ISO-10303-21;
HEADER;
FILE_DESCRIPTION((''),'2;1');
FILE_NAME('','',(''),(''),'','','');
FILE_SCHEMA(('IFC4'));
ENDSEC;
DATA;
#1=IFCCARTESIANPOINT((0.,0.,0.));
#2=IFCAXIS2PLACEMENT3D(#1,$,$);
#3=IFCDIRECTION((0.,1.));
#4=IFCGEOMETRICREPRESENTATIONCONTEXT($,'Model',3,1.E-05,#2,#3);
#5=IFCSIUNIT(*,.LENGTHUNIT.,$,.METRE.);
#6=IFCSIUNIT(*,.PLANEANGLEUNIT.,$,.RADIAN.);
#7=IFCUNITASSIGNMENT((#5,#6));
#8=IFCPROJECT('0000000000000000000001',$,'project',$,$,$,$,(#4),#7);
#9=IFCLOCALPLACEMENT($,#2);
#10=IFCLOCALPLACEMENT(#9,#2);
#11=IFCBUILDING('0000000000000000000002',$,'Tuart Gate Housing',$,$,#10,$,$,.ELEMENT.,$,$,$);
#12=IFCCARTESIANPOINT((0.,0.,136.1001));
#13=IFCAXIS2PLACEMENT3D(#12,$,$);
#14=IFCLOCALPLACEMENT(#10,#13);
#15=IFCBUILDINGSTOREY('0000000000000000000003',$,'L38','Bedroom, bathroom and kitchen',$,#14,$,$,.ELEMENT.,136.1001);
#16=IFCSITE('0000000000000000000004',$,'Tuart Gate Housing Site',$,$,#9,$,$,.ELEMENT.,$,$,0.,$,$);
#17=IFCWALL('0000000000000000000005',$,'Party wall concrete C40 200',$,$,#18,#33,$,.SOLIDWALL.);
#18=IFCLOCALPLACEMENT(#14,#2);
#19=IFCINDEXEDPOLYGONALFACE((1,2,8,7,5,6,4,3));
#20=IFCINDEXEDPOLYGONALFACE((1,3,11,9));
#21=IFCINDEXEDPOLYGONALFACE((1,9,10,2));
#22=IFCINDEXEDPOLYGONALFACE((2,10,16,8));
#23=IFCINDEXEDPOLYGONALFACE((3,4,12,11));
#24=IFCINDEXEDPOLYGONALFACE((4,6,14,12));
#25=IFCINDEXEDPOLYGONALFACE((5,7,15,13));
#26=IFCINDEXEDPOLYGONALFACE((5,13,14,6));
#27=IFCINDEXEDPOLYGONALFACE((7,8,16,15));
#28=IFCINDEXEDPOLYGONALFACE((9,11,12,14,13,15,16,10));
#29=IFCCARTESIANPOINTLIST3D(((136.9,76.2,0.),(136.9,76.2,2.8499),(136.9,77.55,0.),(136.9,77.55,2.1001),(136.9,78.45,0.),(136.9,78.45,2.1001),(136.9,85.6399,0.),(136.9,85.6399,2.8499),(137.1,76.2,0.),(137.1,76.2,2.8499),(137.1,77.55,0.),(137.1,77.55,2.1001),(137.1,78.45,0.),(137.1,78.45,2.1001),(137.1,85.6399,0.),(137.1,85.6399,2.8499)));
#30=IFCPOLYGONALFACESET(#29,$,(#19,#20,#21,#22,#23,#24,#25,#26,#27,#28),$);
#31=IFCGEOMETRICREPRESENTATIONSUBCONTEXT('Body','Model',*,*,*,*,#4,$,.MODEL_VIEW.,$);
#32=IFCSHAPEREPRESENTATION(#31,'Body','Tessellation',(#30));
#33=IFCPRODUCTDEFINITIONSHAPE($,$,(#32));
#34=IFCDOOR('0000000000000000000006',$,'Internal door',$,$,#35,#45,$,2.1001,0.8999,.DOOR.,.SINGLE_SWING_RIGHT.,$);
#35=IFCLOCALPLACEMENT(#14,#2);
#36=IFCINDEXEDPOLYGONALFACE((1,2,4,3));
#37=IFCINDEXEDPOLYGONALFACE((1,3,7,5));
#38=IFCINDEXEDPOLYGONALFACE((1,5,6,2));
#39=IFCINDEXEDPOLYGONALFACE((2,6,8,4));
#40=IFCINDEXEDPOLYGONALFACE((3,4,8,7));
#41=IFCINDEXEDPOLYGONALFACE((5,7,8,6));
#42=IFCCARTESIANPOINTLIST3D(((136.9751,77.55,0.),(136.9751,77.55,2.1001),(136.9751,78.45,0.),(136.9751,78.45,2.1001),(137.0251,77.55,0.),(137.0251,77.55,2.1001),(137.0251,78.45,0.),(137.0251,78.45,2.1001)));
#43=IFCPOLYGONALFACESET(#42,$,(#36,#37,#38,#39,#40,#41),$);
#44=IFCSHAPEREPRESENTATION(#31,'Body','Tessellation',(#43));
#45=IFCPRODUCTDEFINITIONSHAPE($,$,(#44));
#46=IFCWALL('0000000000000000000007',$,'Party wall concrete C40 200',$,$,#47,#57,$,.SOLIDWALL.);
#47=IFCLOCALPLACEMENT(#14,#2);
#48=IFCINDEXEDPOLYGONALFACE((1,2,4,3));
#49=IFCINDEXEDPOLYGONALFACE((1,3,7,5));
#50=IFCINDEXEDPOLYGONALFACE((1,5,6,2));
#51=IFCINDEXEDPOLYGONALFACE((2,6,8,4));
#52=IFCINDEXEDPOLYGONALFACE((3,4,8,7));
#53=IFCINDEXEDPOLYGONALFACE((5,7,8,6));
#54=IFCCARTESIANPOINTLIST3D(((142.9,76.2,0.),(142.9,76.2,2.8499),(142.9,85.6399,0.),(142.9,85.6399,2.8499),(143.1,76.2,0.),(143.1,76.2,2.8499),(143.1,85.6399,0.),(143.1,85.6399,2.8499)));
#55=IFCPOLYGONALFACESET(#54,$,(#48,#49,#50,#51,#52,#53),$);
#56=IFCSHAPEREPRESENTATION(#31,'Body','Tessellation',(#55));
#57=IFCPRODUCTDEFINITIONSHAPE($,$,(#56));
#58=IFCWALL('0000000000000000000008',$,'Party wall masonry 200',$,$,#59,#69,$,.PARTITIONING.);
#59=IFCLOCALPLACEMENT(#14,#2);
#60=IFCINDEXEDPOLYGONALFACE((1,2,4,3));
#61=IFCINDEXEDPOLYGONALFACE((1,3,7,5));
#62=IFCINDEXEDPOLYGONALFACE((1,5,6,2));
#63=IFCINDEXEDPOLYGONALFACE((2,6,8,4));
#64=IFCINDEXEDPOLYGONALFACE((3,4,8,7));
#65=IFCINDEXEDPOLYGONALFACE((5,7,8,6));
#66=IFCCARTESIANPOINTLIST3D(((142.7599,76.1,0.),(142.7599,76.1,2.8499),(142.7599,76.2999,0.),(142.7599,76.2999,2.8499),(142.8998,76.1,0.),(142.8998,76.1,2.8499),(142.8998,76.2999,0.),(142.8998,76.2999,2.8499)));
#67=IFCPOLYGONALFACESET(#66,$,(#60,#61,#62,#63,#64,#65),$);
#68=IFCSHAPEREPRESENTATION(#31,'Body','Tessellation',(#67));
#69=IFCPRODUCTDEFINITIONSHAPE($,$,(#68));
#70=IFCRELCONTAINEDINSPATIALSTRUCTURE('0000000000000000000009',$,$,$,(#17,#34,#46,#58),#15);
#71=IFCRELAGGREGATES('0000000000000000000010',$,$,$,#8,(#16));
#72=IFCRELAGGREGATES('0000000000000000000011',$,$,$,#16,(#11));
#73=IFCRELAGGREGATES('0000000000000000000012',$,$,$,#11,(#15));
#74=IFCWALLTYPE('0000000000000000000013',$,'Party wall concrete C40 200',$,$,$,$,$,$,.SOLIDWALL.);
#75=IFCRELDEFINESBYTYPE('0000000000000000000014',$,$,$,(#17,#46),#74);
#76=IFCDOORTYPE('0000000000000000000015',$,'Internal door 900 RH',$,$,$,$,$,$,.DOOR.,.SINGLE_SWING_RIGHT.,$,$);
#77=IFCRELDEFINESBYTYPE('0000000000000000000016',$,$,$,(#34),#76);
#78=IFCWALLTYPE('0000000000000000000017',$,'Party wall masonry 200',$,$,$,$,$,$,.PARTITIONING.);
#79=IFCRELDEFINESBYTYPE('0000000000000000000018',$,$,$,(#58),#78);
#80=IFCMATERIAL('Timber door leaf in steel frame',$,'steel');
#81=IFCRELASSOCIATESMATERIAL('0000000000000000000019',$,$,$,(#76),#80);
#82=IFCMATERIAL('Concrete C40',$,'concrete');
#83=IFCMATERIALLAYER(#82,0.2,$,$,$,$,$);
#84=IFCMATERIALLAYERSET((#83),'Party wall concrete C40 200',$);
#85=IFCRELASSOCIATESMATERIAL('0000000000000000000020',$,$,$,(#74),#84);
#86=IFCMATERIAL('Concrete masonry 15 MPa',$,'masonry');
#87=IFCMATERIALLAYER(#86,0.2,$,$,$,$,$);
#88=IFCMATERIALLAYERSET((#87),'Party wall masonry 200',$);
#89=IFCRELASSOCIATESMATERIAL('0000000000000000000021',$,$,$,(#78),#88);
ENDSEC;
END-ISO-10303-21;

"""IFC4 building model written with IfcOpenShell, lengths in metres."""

from ifc_helpers import new_model, si_unit, direction, frame, frame_2d, origin, place, context, subcontext, project, spatial, rectangle, extrude, material, layer, layer_set, type_object, element, fill, save


model = new_model("IFC4")

# Units and contexts
model_context = context("Model", 3, precision=1e-05, world=origin(), true_north=direction((0.0, 1.0)))
body_context = subcontext(model_context, "Body", "Model", "MODEL_VIEW")
ifc_project = project(units=[si_unit("LENGTHUNIT", "METRE"), si_unit("PLANEANGLEUNIT", "RADIAN")], contexts=[model_context])

# Site, building, storey
site_placement = place(None, origin())
site = spatial("IfcSite", under=ifc_project, at=site_placement, Name="Tuart Gate Housing Site", CompositionType="ELEMENT", RefElevation=0.0)
building_placement = place(site_placement, origin())
building = spatial("IfcBuilding", under=site, at=building_placement, Name="Tuart Gate Housing", CompositionType="ELEMENT")
storey_placement = place(building_placement, frame((0.0, 0.0, 136.1001)))
storey = spatial("IfcBuildingStorey", under=building, at=storey_placement, Name="L38", Description="Bedroom, bathroom and kitchen", CompositionType="ELEMENT", Elevation=136.1001)

# Shared definitions
ifc_material_1 = material(Name="Timber door leaf in steel frame", Category="steel")
door_type_1 = type_object("IfcDoorType", Name="Internal door 900 RH", OperationType="SINGLE_SWING_RIGHT", PredefinedType="DOOR", material=ifc_material_1)

# Wall, opening, door
ifc_material_2 = material(Name="Concrete C40", Category="concrete")
ifc_layer_1 = layer(ifc_material_2, 0.2)
ifc_layer_set_1 = layer_set([ifc_layer_1], Name="Party wall concrete C40 200")
wall_type_1 = type_object("IfcWallType", Name="Party wall concrete C40 200", PredefinedType="SOLIDWALL", material=ifc_layer_set_1)
wall_1_placement = place(storey_placement, frame((137.0, 76.2, 0.0), z_axis=(0.0, 0.0, 1.0), x_axis=(0.0, 1.0, 0.0)))
wall_1 = element("IfcWall", 1, at=wall_1_placement, inside=storey, type_object=wall_type_1, Name="Party wall concrete C40 200", PredefinedType="SOLIDWALL", context=body_context, shape_type="SweptSolid", body=[
    extrude(rectangle(XDim=9.4399, YDim=0.2, at=frame_2d((4.72, 0.0))), origin(), (0.0, 0.0, 1.0), 2.8499),
])
opening_1_placement = place(wall_1_placement, frame((1.3501, 0.0, 0.0)))
opening_1 = element("IfcOpeningElement", 2, at=opening_1_placement, cuts=wall_1, PredefinedType="OPENING", context=body_context, shape_type="SweptSolid", body=[
    extrude(rectangle(XDim=0.8999, YDim=2.1001, at=frame_2d((0.45, 1.05))), frame((0.0, 0.1099, 0.0), z_axis=(0.0, -1.0, 0.0), x_axis=(1.0, 0.0, 0.0)), (0.0, 0.0, 1.0), 0.22),
])
door_1_placement = place(opening_1_placement, frame((0.8999, 0.0, 0.0), z_axis=(0.0, 0.0, 1.0), x_axis=(-1.0, 0.0, 0.0)))
door_1 = element("IfcDoor", 3, at=door_1_placement, inside=storey, type_object=door_type_1, Name="Internal door", OperationType="SINGLE_SWING_RIGHT", OverallHeight=2.1001, OverallWidth=0.8999, PredefinedType="DOOR", context=body_context, shape_type="SweptSolid", body=[
    extrude(rectangle(XDim=0.8999, YDim=2.1001, at=frame_2d((0.45, 1.05))), frame((0.0, 0.0251, 0.0), z_axis=(0.0, -1.0, 0.0), x_axis=(1.0, 0.0, 0.0)), (0.0, 0.0, 1.0), 0.05),
])
fill(opening_1, door_1)

# Walls
wall_2_placement = place(storey_placement, frame((143.0, 76.2, 0.0), z_axis=(0.0, 0.0, 1.0), x_axis=(0.0, 1.0, 0.0)))
element("IfcWall", 4, at=wall_2_placement, inside=storey, type_object=wall_type_1, Name="Party wall concrete C40 200", PredefinedType="SOLIDWALL", context=body_context, shape_type="SweptSolid", body=[
    extrude(rectangle(XDim=9.4399, YDim=0.2, at=frame_2d((4.72, 0.0))), origin(), (0.0, 0.0, 1.0), 2.8499),
])
ifc_material_3 = material(Name="Concrete masonry 15 MPa", Category="masonry")
ifc_layer_2 = layer(ifc_material_3, 0.2)
ifc_layer_set_2 = layer_set([ifc_layer_2], Name="Party wall masonry 200")
wall_type_2 = type_object("IfcWallType", Name="Party wall masonry 200", PredefinedType="PARTITIONING", material=ifc_layer_set_2)
wall_3_placement = place(storey_placement, frame((142.76, 76.2, 0.0), z_axis=(0.0, 0.0, 1.0), x_axis=(1.0, 0.0, 0.0)))
element("IfcWall", 5, at=wall_3_placement, inside=storey, type_object=wall_type_2, Name="Party wall masonry 200", PredefinedType="PARTITIONING", context=body_context, shape_type="SweptSolid", body=[
    extrude(rectangle(XDim=0.1399, YDim=0.2, at=frame_2d((0.0698, 0.0))), origin(), (0.0, 0.0, 1.0), 2.8499),
])

save(model, "model.ifc")
